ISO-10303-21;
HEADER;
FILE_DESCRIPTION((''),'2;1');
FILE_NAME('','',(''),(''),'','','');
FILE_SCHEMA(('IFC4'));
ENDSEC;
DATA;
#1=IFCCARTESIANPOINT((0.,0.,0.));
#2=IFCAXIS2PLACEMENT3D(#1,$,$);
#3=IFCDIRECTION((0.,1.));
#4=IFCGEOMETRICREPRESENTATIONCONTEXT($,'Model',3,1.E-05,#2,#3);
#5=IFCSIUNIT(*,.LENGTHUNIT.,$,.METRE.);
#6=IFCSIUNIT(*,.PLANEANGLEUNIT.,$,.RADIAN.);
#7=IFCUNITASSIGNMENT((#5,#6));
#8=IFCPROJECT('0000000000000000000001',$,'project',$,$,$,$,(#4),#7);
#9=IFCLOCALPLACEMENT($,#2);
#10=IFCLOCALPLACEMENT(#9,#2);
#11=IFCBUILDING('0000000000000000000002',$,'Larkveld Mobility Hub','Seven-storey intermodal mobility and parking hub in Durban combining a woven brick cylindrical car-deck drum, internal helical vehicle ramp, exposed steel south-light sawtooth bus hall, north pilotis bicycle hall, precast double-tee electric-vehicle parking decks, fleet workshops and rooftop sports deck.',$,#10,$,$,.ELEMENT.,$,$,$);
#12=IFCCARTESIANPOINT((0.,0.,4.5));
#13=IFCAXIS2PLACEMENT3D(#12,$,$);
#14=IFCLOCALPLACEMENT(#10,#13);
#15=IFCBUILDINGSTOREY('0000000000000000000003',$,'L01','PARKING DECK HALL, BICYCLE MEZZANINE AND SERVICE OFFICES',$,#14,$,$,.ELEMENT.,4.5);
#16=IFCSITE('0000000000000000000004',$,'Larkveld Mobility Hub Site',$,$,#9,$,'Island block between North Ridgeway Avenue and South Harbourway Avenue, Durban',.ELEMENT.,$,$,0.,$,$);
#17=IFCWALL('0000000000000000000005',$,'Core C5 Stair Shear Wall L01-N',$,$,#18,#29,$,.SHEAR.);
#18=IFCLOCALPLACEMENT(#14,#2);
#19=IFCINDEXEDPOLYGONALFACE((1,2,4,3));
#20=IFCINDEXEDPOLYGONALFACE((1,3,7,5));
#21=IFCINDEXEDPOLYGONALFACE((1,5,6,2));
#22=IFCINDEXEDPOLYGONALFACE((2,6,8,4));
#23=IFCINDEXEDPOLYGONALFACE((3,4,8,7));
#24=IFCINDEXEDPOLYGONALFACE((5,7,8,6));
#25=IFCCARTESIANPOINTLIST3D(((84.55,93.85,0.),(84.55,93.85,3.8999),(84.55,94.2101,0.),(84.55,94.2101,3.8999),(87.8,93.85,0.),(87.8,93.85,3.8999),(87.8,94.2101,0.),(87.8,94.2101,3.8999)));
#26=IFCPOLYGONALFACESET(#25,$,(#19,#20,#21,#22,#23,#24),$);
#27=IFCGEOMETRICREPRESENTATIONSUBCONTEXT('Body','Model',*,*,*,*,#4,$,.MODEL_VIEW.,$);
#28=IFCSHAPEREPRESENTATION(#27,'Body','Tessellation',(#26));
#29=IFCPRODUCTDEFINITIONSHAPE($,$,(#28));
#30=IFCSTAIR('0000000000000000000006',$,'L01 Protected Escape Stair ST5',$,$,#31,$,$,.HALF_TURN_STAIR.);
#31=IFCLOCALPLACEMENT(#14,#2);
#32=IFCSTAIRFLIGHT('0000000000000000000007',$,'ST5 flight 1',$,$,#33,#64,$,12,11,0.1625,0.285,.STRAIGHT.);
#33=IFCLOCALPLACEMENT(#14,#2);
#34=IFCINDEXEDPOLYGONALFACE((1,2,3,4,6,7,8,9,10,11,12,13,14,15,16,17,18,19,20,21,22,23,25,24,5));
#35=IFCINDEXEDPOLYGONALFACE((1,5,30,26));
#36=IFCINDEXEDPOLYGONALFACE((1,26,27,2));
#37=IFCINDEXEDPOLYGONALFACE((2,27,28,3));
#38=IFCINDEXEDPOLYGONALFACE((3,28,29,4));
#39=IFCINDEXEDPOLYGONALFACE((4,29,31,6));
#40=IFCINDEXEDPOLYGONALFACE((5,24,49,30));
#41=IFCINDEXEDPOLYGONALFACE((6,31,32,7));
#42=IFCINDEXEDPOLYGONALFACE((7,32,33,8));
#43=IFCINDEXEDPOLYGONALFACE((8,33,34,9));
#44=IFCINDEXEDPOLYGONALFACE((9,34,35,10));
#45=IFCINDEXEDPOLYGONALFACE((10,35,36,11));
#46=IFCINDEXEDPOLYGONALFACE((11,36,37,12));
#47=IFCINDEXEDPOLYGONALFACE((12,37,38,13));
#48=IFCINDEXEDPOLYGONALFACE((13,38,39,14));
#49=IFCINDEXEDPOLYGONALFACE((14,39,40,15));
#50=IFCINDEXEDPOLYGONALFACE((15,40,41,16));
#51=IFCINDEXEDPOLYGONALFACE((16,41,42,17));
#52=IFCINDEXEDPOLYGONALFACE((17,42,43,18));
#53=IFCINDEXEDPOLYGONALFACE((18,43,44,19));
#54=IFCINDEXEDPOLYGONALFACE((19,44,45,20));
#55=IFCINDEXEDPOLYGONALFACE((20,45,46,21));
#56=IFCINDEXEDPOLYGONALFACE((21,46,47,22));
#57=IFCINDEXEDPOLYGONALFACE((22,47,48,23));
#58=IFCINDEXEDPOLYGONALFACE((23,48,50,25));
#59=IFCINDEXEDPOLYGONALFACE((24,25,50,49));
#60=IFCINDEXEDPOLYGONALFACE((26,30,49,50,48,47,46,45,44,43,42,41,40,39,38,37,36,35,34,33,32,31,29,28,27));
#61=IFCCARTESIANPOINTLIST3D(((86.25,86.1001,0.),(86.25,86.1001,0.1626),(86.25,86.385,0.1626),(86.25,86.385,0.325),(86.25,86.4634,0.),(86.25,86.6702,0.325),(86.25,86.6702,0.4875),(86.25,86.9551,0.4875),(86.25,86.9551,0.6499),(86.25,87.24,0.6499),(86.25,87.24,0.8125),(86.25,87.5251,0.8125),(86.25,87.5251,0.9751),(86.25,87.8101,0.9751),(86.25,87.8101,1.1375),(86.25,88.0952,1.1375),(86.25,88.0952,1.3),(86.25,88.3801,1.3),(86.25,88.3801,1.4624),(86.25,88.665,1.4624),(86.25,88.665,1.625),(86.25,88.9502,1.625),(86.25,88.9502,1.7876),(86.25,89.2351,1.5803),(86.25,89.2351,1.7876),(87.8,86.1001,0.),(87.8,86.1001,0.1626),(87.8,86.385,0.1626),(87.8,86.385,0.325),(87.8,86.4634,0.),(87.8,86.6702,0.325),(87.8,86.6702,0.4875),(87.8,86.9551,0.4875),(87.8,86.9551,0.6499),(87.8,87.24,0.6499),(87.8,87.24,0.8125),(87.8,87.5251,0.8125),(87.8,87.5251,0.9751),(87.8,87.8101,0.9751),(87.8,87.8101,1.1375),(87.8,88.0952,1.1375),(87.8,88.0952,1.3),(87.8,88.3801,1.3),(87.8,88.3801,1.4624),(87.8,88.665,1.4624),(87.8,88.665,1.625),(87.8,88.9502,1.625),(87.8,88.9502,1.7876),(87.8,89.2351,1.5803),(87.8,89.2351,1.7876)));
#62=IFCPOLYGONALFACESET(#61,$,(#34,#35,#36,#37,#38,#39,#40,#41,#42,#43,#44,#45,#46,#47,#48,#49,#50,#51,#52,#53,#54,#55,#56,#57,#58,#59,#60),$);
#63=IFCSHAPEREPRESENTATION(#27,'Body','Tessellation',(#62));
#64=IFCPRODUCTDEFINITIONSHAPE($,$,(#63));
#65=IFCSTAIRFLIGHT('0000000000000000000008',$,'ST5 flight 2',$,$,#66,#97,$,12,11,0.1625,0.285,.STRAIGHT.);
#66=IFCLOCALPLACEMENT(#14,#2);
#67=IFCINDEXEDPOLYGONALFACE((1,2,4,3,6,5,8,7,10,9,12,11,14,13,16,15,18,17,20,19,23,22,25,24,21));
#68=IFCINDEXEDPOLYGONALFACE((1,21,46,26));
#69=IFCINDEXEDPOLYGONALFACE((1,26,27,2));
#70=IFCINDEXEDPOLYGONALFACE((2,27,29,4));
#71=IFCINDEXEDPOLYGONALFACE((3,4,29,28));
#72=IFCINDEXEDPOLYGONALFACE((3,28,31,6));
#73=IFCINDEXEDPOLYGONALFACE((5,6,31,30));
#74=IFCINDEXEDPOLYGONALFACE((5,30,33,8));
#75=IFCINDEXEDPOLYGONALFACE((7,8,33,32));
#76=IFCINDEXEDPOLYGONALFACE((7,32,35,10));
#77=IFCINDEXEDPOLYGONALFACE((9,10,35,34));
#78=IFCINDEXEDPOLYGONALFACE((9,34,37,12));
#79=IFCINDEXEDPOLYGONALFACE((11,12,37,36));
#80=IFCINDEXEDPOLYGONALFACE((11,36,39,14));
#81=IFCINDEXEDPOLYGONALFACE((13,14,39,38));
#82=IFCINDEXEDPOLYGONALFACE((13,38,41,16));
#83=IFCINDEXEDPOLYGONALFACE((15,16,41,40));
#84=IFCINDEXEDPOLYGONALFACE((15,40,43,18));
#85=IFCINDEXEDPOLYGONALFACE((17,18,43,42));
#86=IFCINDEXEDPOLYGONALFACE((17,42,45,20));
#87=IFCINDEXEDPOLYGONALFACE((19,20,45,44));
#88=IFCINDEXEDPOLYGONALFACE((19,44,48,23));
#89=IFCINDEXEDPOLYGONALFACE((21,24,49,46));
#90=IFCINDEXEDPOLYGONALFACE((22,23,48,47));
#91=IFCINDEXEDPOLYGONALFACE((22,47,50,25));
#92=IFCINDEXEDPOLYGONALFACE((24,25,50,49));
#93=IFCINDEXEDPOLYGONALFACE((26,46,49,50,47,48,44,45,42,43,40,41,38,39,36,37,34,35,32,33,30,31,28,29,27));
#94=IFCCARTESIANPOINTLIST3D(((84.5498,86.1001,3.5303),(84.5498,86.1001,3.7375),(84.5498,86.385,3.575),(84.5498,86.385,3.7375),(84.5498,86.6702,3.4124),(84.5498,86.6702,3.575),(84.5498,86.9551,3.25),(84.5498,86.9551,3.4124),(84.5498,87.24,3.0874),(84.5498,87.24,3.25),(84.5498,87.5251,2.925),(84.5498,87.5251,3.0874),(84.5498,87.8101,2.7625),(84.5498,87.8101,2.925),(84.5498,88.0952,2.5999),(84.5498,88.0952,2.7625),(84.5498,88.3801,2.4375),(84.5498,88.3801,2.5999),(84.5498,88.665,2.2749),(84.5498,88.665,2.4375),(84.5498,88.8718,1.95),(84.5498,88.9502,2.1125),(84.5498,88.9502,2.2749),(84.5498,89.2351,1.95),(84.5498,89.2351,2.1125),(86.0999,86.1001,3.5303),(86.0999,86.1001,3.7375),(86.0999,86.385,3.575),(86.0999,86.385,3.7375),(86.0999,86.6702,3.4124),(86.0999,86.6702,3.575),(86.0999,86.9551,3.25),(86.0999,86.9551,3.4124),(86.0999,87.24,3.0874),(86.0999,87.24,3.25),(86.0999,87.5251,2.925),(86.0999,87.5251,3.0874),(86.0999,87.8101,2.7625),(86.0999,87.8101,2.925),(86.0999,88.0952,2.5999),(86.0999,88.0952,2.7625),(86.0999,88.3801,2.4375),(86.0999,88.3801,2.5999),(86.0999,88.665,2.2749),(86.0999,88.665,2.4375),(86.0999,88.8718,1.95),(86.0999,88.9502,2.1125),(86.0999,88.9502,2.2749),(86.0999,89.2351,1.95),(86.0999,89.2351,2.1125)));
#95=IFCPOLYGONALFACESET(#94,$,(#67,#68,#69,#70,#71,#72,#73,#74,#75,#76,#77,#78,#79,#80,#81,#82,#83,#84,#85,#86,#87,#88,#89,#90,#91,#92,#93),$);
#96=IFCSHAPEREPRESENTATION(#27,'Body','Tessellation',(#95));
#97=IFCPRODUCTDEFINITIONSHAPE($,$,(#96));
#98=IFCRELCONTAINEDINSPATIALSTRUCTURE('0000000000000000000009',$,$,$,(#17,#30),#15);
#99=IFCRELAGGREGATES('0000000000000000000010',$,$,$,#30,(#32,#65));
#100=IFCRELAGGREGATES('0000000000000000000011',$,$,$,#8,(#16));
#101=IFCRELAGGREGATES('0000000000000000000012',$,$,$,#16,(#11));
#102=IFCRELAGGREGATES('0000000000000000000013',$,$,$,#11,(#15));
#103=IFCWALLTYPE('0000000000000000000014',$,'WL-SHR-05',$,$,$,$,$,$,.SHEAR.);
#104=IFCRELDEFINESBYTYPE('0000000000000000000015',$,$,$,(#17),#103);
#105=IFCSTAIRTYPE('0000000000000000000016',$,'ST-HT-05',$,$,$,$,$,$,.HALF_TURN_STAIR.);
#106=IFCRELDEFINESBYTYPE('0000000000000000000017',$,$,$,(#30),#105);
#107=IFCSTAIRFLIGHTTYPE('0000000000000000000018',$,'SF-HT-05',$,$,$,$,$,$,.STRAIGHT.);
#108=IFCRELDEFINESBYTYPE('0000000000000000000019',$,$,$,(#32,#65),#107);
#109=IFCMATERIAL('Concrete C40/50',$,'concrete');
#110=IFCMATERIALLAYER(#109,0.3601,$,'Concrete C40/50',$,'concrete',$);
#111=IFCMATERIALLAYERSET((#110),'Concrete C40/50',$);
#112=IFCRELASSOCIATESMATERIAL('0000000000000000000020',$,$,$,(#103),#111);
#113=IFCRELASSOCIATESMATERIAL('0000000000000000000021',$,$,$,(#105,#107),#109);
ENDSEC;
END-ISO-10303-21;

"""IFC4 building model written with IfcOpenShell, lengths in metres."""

from ifc_helpers import new_model, si_unit, direction, frame, frame_2d, origin, place, context, subcontext, project, spatial, polyline, rectangle, outline, extrude, material, layer, layer_set, type_object, element, aggregate, save


model = new_model("IFC4")

# Units and contexts
model_context = context("Model", 3, precision=1e-05, world=origin(), true_north=direction((0.0, 1.0)))
body_context = subcontext(model_context, "Body", "Model", "MODEL_VIEW")
ifc_project = project(units=[si_unit("LENGTHUNIT", "METRE"), si_unit("PLANEANGLEUNIT", "RADIAN")], contexts=[model_context])

# Site, building, storey
site_placement = place(None, origin())
site = spatial("IfcSite", under=ifc_project, at=site_placement, Name="Larkveld Mobility Hub Site", LongName="Island block between North Ridgeway Avenue and South Harbourway Avenue, Durban", CompositionType="ELEMENT", RefElevation=0.0)
building_placement = place(site_placement, origin())
building = spatial("IfcBuilding", under=site, at=building_placement, Name="Larkveld Mobility Hub", Description="Seven-storey intermodal mobility and parking hub in Durban combining a woven brick cylindrical car-deck drum, internal helical vehicle ramp, exposed steel south-light sawtooth bus hall, north pilotis bicycle hall, precast double-tee electric-vehicle parking decks, fleet workshops and rooftop sports deck.", CompositionType="ELEMENT")
storey_placement = place(building_placement, frame((0.0, 0.0, 4.5)))
storey = spatial("IfcBuildingStorey", under=building, at=storey_placement, Name="L01", Description="PARKING DECK HALL, BICYCLE MEZZANINE AND SERVICE OFFICES", CompositionType="ELEMENT", Elevation=4.5)

# Shared definitions
ifc_material_1 = material(Name="Concrete C40/50", Category="concrete")

# Shared definitions
ifc_layer_1 = layer(ifc_material_1, 0.3601, Name="Concrete C40/50", Category="concrete")
ifc_layer_set_1 = layer_set([ifc_layer_1], Name="Concrete C40/50")
wall_type_1 = type_object("IfcWallType", Name="WL-SHR-05", PredefinedType="SHEAR", material=ifc_layer_set_1)

# Wall
wall_1_placement = place(storey_placement, frame((84.55, 94.03, 0.0), z_axis=(0.0, 0.0, 1.0), x_axis=(1.0, 0.0, 0.0)))
element("IfcWall", 1, at=wall_1_placement, inside=storey, type_object=wall_type_1, Name="Core C5 Stair Shear Wall L01-N", PredefinedType="SHEAR", context=body_context, shape_type="SweptSolid", body=[
    extrude(rectangle(XDim=3.25, YDim=0.3601, at=frame_2d((1.625, 0.0))), origin(), (0.0, 0.0, 1.0), 3.8999),
])

# Stair, stair flights
stair_type = type_object("IfcStairType", Name="ST-HT-05", PredefinedType="HALF_TURN_STAIR", material=ifc_material_1)
stair_placement = place(storey_placement, origin())
stair = element("IfcStair", 2, at=stair_placement, inside=storey, type_object=stair_type, Name="L01 Protected Escape Stair ST5", PredefinedType="HALF_TURN_STAIR")
stair_flight_type = type_object("IfcStairFlightType", Name="SF-HT-05", PredefinedType="STRAIGHT", material=ifc_material_1)
stair_flight_1_placement = place(storey_placement, frame((87.0249, 86.1001, 0.0), z_axis=(0.0, 0.0, 1.0), x_axis=(0.0, 1.0, 0.0)))
stair_flight_1 = element("IfcStairFlight", 3, at=stair_flight_1_placement, type_object=stair_flight_type, Name="ST5 flight 1", NumberOfRisers=12, NumberOfTreads=11, PredefinedType="STRAIGHT", RiserHeight=0.1625, TreadLength=0.285, context=body_context, shape_type="SweptSolid", body=[
    extrude(outline(polyline([(0.0, 0.0), (0.0, 0.1626), (0.2849, 0.1626), (0.2849, 0.325), (0.5701, 0.325), (0.5701, 0.4875), (0.855, 0.4875), (0.855, 0.6499), (1.1399, 0.6499), (1.1399, 0.8125), (1.425, 0.8125), (1.425, 0.9751), (1.71, 0.9751), (1.71, 1.1375), (1.9951, 1.1375), (1.9951, 1.3), (2.28, 1.3), (2.28, 1.4624), (2.5649, 1.4624), (2.5649, 1.625), (2.8501, 1.625), (2.8501, 1.7876), (3.135, 1.7876), (3.135, 1.95), (3.135, 1.5803), (0.3633, 0.0), (0.0, 0.0)])), frame((0.0, 0.7749, 0.0), z_axis=(0.0, -1.0, 0.0), x_axis=(1.0, 0.0, 0.0)), (0.0, 0.0, 1.0), 1.55),
])
stair_flight_2_placement = place(storey_placement, frame((85.325, 89.2351, 1.95), z_axis=(0.0, 0.0, 1.0), x_axis=(0.0, -1.0, 0.0)))
stair_flight_2 = element("IfcStairFlight", 4, at=stair_flight_2_placement, type_object=stair_flight_type, Name="ST5 flight 2", NumberOfRisers=12, NumberOfTreads=11, PredefinedType="STRAIGHT", RiserHeight=0.1625, TreadLength=0.285, context=body_context, shape_type="SweptSolid", body=[
    extrude(outline(polyline([(0.0, 0.0), (0.0, 0.1626), (0.2849, 0.1626), (0.2849, 0.325), (0.5701, 0.325), (0.5701, 0.4875), (0.855, 0.4875), (0.855, 0.6499), (1.1399, 0.6499), (1.1399, 0.8125), (1.425, 0.8125), (1.425, 0.9751), (1.71, 0.9751), (1.71, 1.1375), (1.9951, 1.1375), (1.9951, 1.3), (2.28, 1.3), (2.28, 1.4624), (2.5649, 1.4624), (2.5649, 1.625), (2.8501, 1.625), (2.8501, 1.7876), (3.135, 1.7876), (3.135, 1.95), (3.135, 1.5803), (0.3633, 0.0), (0.0, 0.0)])), frame((0.0, 0.7749, 0.0), z_axis=(0.0, -1.0, 0.0), x_axis=(1.0, 0.0, 0.0)), (0.0, 0.0, 1.0), 1.55),
])
aggregate(stair, [stair_flight_1, stair_flight_2])

save(model, "model.ifc")
